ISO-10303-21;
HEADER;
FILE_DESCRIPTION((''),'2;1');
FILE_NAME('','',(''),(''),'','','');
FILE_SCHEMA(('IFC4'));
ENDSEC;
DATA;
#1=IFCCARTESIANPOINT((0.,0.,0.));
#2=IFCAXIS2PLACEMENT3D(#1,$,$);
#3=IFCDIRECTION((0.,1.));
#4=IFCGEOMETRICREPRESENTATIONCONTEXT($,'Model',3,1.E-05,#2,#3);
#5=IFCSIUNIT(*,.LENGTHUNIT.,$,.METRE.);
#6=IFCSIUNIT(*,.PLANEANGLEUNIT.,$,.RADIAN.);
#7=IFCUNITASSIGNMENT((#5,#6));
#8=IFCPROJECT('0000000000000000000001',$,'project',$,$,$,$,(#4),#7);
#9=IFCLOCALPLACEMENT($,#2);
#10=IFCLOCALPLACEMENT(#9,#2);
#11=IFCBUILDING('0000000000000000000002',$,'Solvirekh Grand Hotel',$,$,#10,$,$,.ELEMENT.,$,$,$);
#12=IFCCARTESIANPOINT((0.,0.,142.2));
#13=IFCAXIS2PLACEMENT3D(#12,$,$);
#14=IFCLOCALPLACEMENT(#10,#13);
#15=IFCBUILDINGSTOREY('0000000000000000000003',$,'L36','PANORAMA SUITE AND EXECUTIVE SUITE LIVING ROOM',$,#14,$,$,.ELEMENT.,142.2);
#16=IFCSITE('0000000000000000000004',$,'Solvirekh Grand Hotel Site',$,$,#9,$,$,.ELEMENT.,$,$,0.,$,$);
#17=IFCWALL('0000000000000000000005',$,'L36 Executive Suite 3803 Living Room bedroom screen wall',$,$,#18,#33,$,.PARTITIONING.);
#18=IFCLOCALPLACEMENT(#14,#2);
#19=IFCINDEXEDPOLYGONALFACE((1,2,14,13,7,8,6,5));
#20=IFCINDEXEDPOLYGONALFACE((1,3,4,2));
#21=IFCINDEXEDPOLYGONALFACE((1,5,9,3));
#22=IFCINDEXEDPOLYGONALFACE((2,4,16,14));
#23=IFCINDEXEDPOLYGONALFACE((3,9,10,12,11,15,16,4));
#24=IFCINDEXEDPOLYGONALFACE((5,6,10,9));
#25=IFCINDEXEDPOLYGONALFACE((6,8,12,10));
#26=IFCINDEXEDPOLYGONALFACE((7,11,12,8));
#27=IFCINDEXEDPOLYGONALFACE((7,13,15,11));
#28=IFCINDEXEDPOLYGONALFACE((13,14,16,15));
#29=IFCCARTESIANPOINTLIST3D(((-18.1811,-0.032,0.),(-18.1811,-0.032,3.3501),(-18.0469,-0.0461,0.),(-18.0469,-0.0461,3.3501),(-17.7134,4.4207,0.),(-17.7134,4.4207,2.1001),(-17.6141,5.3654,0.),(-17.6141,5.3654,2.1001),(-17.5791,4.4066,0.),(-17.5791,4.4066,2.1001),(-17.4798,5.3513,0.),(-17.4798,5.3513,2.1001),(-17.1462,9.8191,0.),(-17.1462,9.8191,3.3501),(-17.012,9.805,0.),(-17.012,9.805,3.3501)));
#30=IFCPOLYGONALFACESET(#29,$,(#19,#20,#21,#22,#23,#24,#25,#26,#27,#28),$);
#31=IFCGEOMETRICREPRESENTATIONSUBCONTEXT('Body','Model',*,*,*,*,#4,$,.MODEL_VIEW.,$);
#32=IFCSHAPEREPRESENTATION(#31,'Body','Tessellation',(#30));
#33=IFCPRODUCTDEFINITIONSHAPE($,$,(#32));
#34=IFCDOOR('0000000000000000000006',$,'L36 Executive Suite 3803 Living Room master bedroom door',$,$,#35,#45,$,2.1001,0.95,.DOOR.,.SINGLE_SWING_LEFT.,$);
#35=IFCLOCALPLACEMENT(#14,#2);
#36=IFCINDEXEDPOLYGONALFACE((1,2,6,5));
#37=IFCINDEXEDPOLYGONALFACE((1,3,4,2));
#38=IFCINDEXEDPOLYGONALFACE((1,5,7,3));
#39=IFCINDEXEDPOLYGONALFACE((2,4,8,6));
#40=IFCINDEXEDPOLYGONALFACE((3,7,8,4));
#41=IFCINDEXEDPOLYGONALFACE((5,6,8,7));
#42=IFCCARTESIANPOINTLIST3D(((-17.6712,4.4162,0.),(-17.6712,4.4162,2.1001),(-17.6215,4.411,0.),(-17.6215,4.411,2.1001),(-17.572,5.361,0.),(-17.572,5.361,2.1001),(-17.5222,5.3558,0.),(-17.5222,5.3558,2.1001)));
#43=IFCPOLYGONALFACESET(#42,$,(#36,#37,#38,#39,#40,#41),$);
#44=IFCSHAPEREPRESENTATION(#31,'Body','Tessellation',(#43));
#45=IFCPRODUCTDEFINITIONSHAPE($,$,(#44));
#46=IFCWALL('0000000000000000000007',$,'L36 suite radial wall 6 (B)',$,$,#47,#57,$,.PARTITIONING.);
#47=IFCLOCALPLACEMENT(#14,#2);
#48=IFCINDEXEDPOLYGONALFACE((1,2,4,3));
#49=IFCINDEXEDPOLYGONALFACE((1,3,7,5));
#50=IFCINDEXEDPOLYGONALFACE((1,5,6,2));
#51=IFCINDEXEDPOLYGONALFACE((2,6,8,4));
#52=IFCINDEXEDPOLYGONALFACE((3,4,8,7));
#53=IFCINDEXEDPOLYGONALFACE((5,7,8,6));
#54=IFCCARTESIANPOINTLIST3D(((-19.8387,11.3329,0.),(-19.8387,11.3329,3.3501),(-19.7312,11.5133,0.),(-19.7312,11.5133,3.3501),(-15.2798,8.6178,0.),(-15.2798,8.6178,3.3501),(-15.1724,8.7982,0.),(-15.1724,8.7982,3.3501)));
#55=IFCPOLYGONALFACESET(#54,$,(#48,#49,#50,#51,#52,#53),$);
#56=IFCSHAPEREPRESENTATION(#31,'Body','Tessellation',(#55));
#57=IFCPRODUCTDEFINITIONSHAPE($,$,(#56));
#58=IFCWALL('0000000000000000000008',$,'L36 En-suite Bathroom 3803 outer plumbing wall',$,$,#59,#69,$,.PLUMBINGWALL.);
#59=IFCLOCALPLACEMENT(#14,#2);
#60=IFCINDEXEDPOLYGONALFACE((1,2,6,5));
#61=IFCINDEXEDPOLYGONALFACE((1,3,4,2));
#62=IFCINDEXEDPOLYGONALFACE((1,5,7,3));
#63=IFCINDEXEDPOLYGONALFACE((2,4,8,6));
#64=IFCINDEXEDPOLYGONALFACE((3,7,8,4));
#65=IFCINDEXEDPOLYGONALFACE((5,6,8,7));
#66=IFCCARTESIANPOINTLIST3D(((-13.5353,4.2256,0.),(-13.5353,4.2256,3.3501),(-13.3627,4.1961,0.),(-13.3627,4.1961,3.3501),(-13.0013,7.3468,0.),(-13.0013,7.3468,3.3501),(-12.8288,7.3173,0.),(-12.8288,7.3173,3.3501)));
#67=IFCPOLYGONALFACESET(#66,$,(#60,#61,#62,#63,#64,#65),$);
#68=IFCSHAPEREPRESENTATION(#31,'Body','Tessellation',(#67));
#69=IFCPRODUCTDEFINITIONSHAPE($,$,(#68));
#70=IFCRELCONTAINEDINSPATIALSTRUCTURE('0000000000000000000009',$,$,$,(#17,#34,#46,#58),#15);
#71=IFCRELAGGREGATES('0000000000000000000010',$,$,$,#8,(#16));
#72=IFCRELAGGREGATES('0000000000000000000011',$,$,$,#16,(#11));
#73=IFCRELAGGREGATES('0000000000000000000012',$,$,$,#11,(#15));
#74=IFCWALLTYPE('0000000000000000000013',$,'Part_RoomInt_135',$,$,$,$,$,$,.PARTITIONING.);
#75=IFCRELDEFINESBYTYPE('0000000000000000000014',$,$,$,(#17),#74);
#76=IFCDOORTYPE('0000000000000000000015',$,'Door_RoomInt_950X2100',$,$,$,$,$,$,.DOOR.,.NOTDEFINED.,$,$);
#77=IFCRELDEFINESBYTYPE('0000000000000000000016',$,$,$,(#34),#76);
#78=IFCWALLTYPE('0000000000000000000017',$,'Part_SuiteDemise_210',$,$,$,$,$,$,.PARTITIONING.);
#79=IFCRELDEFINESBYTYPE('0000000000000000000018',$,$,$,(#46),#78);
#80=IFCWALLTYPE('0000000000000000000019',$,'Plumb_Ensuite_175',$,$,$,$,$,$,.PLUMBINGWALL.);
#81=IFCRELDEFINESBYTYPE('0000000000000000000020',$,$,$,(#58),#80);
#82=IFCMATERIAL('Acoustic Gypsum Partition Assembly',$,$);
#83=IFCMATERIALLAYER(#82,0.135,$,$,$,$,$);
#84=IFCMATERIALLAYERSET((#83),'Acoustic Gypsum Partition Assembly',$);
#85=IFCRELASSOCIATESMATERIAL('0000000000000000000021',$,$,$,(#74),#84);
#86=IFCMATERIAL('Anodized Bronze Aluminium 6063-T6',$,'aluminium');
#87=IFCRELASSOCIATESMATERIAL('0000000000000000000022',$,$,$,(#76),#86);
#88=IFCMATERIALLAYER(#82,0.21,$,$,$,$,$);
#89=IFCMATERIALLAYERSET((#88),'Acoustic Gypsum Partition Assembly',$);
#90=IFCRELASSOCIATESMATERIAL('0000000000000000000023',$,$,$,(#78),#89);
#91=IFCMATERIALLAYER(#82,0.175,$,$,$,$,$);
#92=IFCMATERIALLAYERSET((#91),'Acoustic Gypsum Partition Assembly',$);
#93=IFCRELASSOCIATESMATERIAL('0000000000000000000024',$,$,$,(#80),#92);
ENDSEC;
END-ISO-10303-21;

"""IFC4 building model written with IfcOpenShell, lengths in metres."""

from ifc_helpers import new_model, si_unit, direction, frame, frame_2d, origin, place, context, subcontext, project, spatial, rectangle, extrude, material, layer, layer_set, type_object, element, fill, save


model = new_model("IFC4")

# Units and contexts
model_context = context("Model", 3, precision=1e-05, world=origin(), true_north=direction((0.0, 1.0)))
body_context = subcontext(model_context, "Body", "Model", "MODEL_VIEW")
ifc_project = project(units=[si_unit("LENGTHUNIT", "METRE"), si_unit("PLANEANGLEUNIT", "RADIAN")], contexts=[model_context])

# Site, building, storey
site_placement = place(None, origin())
site = spatial("IfcSite", under=ifc_project, at=site_placement, Name="Solvirekh Grand Hotel Site", CompositionType="ELEMENT", RefElevation=0.0)
building_placement = place(site_placement, origin())
building = spatial("IfcBuilding", under=site, at=building_placement, Name="Solvirekh Grand Hotel", CompositionType="ELEMENT")
storey_placement = place(building_placement, frame((0.0, 0.0, 142.2)))
storey = spatial("IfcBuildingStorey", under=building, at=storey_placement, Name="L36", Description="PANORAMA SUITE AND EXECUTIVE SUITE LIVING ROOM", CompositionType="ELEMENT", Elevation=142.2)

# Shared definitions
ifc_material_1 = material(Name="Anodized Bronze Aluminium 6063-T6", Category="aluminium")

# Shared definitions
ifc_material_2 = material(Name="Acoustic Gypsum Partition Assembly")

# Wall, opening, door
ifc_layer_1 = layer(ifc_material_2, 0.135)
ifc_layer_set_1 = layer_set([ifc_layer_1], Name="Acoustic Gypsum Partition Assembly")
wall_type_1 = type_object("IfcWallType", Name="Part_RoomInt_135", PredefinedType="PARTITIONING", material=ifc_layer_set_1)
wall_1_placement = place(storey_placement, frame((-17.0791, 9.812, 0.0), z_axis=(0.0, 0.0, 1.0), x_axis=(-0.104481, -0.994527, 0.0)))
wall_1 = element("IfcWall", 1, at=wall_1_placement, inside=storey, type_object=wall_type_1, Name="L36 Executive Suite 3803 Living Room bedroom screen wall", PredefinedType="PARTITIONING", context=body_context, shape_type="SweptSolid", body=[
    extrude(rectangle(XDim=9.9053, YDim=0.135, at=frame_2d((4.9526, 0.0))), origin(), (0.0, 0.0, 1.0), 3.3501),
])
opening_1_placement = place(wall_1_placement, frame((4.478, 0.0, 0.0)))
opening_1 = element("IfcOpeningElement", 2, at=opening_1_placement, cuts=wall_1, PredefinedType="OPENING", context=body_context, shape_type="SweptSolid", body=[
    extrude(rectangle(XDim=0.95, YDim=2.1001, at=frame_2d((0.4751, 1.05))), frame((0.0, 0.0776, 0.0), z_axis=(0.0, -1.0, 0.0), x_axis=(1.0, 0.0, 0.0)), (0.0, 0.0, 1.0), 0.155),
])
door_type = type_object("IfcDoorType", Name="Door_RoomInt_950X2100", OperationType="NOTDEFINED", PredefinedType="DOOR", material=ifc_material_1)
door_placement = place(opening_1_placement, origin())
door = element("IfcDoor", 3, at=door_placement, inside=storey, type_object=door_type, Name="L36 Executive Suite 3803 Living Room master bedroom door", OperationType="SINGLE_SWING_LEFT", OverallHeight=2.1001, OverallWidth=0.95, PredefinedType="DOOR", context=body_context, shape_type="SweptSolid", body=[
    extrude(rectangle(XDim=0.95, YDim=2.1001, at=frame_2d((0.4751, 1.05))), frame((0.0, 0.0249, 0.0), z_axis=(0.0, -1.0, 0.0), x_axis=(1.0, 0.0, 0.0)), (0.0, 0.0, 1.0), 0.05),
])
fill(opening_1, door)

# Walls
ifc_layer_2 = layer(ifc_material_2, 0.21)
ifc_layer_set_2 = layer_set([ifc_layer_2], Name="Acoustic Gypsum Partition Assembly")
wall_type_2 = type_object("IfcWallType", Name="Part_SuiteDemise_210", PredefinedType="PARTITIONING", material=ifc_layer_set_2)
wall_2_placement = place(storey_placement, frame((-15.2261, 8.708, 0.0), z_axis=(0.0, 0.0, 1.0), x_axis=(-0.859169, 0.511692, 0.0)))
element("IfcWall", 4, at=wall_2_placement, inside=storey, type_object=wall_type_2, Name="L36 suite radial wall 6 (B)", PredefinedType="PARTITIONING", context=body_context, shape_type="SweptSolid", body=[
    extrude(rectangle(XDim=5.3062, YDim=0.21, at=frame_2d((2.6531, 0.0))), origin(), (0.0, 0.0, 1.0), 3.3501),
])
ifc_layer_3 = layer(ifc_material_2, 0.175)
ifc_layer_set_3 = layer_set([ifc_layer_3], Name="Acoustic Gypsum Partition Assembly")
wall_type_3 = type_object("IfcWallType", Name="Plumb_Ensuite_175", PredefinedType="PLUMBINGWALL", material=ifc_layer_set_3)
wall_3_placement = place(storey_placement, frame((-12.915, 7.332, 0.0), z_axis=(0.0, 0.0, 1.0), x_axis=(-0.168624, -0.985681, 0.0)))
element("IfcWall", 5, at=wall_3_placement, inside=storey, type_object=wall_type_3, Name="L36 En-suite Bathroom 3803 outer plumbing wall", PredefinedType="PLUMBINGWALL", context=body_context, shape_type="SweptSolid", body=[
    extrude(rectangle(XDim=3.1665, YDim=0.175, at=frame_2d((1.5833, 0.0))), origin(), (0.0, 0.0, 1.0), 3.3501),
])

save(model, "model.ifc")
